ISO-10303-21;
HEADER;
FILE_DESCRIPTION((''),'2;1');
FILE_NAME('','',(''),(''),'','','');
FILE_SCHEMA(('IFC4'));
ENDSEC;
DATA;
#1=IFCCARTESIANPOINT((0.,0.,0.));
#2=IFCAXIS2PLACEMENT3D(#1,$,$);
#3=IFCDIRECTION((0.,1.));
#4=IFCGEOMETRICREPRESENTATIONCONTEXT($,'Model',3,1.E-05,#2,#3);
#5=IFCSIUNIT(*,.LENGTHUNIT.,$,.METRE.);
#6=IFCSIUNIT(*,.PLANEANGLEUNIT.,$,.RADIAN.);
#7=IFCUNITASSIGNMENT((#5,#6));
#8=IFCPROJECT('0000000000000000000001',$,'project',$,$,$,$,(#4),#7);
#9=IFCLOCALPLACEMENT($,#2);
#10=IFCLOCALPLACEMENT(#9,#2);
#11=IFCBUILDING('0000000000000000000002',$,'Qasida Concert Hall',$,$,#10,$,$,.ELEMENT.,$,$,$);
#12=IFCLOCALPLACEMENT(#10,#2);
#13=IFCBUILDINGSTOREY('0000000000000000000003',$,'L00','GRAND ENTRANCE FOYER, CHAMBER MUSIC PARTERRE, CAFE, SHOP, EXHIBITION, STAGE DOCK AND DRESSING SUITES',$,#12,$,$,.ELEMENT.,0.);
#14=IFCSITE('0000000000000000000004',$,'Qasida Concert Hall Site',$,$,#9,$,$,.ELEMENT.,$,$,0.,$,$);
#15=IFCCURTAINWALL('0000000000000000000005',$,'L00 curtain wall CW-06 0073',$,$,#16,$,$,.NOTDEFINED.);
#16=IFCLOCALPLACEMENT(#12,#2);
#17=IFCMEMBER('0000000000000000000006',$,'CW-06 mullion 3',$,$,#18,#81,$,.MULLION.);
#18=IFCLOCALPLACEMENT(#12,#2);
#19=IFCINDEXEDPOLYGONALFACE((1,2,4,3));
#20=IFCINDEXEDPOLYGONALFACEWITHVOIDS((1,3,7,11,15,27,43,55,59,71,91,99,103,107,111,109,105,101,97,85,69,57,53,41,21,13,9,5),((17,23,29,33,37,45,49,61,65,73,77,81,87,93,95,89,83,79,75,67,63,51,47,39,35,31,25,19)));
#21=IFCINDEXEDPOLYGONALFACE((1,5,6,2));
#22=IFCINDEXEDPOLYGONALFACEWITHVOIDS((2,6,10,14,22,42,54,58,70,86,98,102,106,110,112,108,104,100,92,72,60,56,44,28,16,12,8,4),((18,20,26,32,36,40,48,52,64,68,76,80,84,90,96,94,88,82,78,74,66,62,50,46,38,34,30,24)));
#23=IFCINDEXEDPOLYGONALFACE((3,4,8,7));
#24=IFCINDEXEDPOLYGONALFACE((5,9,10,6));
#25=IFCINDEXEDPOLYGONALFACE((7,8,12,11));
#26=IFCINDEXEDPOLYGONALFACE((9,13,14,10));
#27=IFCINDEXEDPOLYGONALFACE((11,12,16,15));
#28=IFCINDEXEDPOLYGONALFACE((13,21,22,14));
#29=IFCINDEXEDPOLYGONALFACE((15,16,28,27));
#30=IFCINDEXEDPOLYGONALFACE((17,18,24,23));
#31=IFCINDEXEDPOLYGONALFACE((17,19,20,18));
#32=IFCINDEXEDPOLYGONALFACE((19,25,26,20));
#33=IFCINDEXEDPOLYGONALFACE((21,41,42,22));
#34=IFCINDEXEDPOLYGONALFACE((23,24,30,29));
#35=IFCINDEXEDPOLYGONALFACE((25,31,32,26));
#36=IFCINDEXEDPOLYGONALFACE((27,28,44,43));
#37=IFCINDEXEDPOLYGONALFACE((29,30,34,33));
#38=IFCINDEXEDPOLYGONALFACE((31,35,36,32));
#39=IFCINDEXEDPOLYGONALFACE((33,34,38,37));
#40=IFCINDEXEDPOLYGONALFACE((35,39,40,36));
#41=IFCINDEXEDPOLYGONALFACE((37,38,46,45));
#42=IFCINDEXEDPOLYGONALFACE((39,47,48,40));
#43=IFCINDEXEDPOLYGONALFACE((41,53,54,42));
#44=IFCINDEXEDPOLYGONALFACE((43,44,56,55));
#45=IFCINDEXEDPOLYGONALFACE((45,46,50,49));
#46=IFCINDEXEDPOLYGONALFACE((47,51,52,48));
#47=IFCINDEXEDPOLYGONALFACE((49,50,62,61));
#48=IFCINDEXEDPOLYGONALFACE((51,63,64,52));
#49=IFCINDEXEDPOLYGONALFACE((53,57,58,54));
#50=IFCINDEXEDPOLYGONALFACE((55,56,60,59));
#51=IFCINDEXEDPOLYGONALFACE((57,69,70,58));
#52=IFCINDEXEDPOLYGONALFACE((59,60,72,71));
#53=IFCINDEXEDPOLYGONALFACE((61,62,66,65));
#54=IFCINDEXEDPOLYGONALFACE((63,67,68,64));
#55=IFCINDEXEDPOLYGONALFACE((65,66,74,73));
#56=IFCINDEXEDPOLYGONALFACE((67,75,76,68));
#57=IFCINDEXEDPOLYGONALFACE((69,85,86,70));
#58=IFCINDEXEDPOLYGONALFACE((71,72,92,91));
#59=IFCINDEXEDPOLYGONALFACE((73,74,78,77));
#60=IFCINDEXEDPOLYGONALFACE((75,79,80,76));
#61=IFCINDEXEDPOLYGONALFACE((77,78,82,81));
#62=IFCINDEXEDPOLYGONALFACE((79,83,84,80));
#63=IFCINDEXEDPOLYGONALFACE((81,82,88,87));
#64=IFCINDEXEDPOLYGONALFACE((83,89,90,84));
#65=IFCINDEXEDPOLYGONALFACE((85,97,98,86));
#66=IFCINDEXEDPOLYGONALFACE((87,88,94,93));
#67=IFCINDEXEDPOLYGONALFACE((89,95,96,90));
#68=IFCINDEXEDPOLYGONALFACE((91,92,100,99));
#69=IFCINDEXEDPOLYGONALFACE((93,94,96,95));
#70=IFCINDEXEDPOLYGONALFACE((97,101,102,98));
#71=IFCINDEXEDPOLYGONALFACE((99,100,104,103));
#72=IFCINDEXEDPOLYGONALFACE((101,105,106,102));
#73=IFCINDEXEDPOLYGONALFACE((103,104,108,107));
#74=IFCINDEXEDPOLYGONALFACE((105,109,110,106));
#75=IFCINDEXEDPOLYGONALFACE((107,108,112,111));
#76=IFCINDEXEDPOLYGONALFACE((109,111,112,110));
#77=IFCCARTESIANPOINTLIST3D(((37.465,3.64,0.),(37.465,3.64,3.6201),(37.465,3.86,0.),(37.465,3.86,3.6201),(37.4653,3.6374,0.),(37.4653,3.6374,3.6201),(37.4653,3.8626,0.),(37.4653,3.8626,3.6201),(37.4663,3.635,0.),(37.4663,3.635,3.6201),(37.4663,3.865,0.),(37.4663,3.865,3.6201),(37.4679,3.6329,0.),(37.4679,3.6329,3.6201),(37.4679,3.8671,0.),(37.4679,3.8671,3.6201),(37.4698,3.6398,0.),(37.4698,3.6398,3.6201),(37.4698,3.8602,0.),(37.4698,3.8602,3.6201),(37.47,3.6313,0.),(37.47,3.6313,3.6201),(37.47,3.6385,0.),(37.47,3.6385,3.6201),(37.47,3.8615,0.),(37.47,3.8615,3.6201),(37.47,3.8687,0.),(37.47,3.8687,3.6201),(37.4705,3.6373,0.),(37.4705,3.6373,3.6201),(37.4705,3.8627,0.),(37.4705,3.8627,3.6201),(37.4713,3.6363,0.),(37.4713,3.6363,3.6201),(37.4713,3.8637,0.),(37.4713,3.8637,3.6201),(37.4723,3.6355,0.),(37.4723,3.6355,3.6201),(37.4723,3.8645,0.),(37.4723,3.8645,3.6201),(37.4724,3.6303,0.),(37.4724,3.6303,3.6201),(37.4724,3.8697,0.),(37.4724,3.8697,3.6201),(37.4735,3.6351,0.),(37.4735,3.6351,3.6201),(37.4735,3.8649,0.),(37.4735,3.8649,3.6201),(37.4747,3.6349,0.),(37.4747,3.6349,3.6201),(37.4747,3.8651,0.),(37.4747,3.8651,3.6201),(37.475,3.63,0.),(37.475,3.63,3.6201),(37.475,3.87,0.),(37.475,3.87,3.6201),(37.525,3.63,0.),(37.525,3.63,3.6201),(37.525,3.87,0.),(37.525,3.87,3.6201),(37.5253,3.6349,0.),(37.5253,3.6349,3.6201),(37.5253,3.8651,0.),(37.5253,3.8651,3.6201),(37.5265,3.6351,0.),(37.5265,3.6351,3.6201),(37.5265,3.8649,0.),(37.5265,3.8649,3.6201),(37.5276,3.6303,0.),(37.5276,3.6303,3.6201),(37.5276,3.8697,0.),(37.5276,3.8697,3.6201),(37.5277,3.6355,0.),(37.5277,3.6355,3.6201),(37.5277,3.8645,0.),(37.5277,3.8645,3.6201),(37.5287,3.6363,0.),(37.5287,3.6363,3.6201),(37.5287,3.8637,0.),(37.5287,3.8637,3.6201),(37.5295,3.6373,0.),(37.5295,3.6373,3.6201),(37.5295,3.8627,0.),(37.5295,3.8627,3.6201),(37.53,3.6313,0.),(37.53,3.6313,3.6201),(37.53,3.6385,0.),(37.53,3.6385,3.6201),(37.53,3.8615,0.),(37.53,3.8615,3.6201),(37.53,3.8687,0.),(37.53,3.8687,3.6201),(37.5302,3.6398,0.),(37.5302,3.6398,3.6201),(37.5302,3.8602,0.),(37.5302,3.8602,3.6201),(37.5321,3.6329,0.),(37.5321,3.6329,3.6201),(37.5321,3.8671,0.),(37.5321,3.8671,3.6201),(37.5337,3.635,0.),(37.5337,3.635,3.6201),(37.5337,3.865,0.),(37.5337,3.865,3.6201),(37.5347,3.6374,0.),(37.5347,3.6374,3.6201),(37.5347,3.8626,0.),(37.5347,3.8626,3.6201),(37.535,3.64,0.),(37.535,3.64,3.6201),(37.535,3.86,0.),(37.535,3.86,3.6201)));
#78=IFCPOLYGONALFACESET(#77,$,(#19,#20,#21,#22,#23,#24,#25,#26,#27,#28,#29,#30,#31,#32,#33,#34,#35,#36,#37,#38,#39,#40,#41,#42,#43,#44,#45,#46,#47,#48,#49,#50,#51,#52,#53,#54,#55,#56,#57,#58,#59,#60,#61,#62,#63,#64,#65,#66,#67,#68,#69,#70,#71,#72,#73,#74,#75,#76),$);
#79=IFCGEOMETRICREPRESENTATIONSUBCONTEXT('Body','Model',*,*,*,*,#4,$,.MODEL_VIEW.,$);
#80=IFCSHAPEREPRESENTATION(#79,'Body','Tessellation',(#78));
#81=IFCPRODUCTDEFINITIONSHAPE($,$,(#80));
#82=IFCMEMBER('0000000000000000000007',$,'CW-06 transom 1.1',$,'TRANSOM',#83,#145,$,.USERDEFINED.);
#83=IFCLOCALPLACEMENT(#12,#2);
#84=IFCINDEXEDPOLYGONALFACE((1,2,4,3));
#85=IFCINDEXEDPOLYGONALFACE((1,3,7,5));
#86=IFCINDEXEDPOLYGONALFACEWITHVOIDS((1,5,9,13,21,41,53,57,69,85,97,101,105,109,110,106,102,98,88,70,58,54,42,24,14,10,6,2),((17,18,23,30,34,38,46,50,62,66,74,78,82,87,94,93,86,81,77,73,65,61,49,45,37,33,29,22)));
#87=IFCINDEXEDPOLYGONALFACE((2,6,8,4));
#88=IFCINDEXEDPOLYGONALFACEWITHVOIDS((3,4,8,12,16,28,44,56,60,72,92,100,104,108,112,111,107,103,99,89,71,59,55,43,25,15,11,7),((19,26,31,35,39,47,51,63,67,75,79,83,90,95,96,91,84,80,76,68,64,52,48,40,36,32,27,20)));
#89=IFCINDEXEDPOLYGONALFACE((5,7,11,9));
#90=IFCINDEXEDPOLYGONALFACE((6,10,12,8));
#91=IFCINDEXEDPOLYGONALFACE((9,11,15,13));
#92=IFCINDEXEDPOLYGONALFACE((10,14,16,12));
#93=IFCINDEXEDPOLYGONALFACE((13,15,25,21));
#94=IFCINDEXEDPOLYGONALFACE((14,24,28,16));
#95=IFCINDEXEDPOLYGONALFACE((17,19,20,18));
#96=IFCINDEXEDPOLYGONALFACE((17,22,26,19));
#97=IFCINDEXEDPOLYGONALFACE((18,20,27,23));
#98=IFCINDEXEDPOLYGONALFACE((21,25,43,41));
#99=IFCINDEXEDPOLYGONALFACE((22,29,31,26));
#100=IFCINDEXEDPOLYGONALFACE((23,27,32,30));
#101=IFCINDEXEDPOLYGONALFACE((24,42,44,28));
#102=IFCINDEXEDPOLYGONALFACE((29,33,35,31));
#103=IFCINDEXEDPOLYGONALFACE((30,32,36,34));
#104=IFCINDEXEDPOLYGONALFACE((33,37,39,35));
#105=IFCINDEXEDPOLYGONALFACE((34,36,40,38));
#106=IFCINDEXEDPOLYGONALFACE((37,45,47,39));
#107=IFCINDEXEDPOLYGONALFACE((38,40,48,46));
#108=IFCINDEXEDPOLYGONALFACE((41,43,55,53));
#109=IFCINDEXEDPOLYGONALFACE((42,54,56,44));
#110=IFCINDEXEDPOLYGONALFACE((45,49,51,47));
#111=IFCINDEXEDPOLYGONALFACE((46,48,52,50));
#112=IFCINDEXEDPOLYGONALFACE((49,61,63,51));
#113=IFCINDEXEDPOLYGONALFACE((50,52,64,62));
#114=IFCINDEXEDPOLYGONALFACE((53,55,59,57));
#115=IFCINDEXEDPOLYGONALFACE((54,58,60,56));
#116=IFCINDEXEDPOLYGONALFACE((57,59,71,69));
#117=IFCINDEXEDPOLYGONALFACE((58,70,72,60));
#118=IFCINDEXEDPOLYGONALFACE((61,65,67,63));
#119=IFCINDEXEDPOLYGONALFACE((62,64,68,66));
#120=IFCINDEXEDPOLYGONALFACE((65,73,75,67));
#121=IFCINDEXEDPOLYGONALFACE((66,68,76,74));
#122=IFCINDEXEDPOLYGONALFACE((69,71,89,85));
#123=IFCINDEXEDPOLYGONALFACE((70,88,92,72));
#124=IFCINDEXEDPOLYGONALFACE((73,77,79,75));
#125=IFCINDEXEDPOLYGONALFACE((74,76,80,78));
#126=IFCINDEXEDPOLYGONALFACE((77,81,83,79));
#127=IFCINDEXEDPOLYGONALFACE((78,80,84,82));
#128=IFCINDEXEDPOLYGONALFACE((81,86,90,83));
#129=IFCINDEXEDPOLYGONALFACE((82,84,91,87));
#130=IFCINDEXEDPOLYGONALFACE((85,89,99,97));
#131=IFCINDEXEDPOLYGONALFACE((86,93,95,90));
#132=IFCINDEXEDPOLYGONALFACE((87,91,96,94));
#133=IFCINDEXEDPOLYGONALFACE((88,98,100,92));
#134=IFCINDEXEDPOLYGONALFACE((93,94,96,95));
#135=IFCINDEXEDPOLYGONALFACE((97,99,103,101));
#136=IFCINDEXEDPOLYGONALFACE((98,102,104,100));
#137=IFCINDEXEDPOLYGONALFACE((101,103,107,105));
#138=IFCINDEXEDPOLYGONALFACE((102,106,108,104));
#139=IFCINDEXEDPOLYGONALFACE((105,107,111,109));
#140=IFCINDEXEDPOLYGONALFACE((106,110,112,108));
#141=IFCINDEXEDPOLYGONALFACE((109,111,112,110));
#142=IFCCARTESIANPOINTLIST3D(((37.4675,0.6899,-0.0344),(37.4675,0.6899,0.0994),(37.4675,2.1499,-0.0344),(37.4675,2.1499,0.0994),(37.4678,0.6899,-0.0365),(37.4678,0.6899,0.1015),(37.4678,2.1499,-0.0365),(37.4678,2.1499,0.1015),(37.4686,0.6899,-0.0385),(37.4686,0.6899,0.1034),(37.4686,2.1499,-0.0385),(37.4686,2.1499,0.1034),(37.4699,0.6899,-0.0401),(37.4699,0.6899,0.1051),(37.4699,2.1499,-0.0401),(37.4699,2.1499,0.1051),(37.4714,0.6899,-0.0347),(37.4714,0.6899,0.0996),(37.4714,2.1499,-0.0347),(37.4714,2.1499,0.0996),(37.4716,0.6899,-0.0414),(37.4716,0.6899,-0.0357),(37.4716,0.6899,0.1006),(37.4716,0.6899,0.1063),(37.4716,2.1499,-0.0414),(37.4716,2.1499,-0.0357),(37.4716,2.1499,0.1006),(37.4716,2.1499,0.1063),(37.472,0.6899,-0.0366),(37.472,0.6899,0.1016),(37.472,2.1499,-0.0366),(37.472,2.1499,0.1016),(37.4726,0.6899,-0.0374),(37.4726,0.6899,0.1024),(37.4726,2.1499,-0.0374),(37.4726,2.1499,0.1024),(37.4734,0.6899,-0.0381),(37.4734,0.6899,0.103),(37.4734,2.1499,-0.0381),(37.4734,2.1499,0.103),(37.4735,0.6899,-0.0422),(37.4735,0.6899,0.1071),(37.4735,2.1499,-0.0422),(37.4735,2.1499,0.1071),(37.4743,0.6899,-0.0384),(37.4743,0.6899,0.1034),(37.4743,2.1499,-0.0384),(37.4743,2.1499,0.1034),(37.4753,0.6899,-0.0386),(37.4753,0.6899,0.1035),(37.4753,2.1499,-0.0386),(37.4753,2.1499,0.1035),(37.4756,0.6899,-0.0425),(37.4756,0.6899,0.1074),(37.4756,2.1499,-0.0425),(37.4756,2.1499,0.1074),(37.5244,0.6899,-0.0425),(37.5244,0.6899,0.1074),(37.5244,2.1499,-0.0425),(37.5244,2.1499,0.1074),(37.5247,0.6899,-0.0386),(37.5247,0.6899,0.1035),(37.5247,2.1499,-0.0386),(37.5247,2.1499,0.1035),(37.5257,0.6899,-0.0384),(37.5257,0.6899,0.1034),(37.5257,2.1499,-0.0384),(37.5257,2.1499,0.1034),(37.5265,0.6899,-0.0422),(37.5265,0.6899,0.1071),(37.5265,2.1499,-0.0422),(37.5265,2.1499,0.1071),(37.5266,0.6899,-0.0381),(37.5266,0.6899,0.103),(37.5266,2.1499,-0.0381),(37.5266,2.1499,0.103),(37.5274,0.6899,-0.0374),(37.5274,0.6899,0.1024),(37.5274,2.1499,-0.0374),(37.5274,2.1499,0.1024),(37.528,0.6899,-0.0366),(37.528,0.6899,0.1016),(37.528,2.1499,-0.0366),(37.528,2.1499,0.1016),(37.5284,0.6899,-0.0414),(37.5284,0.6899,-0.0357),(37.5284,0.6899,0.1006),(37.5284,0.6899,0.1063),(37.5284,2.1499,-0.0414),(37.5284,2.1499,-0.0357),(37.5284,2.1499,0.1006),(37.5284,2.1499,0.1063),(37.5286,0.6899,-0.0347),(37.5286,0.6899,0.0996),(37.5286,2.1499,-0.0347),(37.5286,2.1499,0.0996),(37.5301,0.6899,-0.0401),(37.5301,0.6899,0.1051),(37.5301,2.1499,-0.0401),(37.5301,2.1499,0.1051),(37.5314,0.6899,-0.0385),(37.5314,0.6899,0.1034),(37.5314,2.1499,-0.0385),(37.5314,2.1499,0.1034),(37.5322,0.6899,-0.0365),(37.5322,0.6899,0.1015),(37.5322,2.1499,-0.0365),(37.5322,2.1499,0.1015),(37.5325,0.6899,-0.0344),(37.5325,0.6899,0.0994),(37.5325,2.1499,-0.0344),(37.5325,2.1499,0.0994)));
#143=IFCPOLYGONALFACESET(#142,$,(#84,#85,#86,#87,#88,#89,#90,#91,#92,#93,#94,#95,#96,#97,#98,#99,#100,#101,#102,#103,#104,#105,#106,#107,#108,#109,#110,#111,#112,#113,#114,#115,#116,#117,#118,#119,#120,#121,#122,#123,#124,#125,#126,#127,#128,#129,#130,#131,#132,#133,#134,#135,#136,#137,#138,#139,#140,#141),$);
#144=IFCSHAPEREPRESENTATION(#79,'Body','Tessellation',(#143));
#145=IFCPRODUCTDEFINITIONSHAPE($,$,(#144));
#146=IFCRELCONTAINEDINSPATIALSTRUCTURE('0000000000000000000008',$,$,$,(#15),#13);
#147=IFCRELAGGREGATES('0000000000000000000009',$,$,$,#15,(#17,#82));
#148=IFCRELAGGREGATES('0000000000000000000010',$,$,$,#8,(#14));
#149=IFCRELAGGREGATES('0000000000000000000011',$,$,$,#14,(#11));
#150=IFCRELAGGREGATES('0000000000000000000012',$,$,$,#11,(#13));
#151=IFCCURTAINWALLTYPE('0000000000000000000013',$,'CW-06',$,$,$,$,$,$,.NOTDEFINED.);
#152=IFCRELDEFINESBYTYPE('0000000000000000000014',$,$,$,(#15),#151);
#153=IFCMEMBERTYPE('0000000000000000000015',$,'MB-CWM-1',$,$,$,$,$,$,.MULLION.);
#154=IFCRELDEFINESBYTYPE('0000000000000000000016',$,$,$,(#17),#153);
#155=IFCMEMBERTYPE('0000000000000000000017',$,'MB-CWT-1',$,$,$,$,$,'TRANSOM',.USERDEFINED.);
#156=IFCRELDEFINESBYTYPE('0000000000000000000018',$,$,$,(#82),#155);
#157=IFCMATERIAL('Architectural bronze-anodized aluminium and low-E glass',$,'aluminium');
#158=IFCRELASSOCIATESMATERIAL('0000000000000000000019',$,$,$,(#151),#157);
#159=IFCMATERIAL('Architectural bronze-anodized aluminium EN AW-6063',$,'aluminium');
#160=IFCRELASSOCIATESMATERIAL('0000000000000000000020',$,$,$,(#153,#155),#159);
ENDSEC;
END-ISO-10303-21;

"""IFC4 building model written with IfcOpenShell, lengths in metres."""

from ifc_helpers import new_model, si_unit, direction, frame, origin, origin_2d, place, context, subcontext, project, spatial, hollow_rectangle, extrude, material, material_profile, profile_set, type_object, element, aggregate, save


model = new_model("IFC4")

# Units and contexts
model_context = context("Model", 3, precision=1e-05, world=origin(), true_north=direction((0.0, 1.0)))
body_context = subcontext(model_context, "Body", "Model", "MODEL_VIEW")
ifc_project = project(units=[si_unit("LENGTHUNIT", "METRE"), si_unit("PLANEANGLEUNIT", "RADIAN")], contexts=[model_context])

# Site, building, storey
site_placement = place(None, origin())
site = spatial("IfcSite", under=ifc_project, at=site_placement, Name="Qasida Concert Hall Site", CompositionType="ELEMENT", RefElevation=0.0)
building_placement = place(site_placement, origin())
building = spatial("IfcBuilding", under=site, at=building_placement, Name="Qasida Concert Hall", CompositionType="ELEMENT")
storey_placement = place(building_placement, origin())
storey = spatial("IfcBuildingStorey", under=building, at=storey_placement, Name="L00", Description="GRAND ENTRANCE FOYER, CHAMBER MUSIC PARTERRE, CAFE, SHOP, EXHIBITION, STAGE DOCK AND DRESSING SUITES", CompositionType="ELEMENT", Elevation=0.0)

# Curtain wall, members
ifc_material_1 = material(Name="Architectural bronze-anodized aluminium and low-E glass", Category="aluminium")
curtain_wall_type = type_object("IfcCurtainWallType", Name="CW-06", PredefinedType="NOTDEFINED", material=ifc_material_1)
curtain_wall_placement = place(storey_placement, origin())
curtain_wall = element("IfcCurtainWall", 1, at=curtain_wall_placement, inside=storey, type_object=curtain_wall_type, Name="L00 curtain wall CW-06 0073", PredefinedType="NOTDEFINED")
ifc_material_2 = material(Name="Architectural bronze-anodized aluminium EN AW-6063", Category="aluminium")
ifc_material_profile_1 = material_profile(ifc_material_2, hollow_rectangle(XDim=0.0701, YDim=0.24, WallThickness=0.0049, InnerFilletRadius=0.0049, OuterFilletRadius=0.01, at=origin_2d()), Name="CWM 240x70x5")
ifc_profile_set_1 = profile_set([ifc_material_profile_1], Name="Architectural bronze-anodized aluminium EN AW-6063")
member_type_1 = type_object("IfcMemberType", Name="MB-CWM-1", PredefinedType="MULLION", material=ifc_profile_set_1)
member_1_placement = place(storey_placement, frame((37.5, 3.75, 0.0), z_axis=(0.0, 0.0, 1.0), x_axis=(-1.0, 0.0, 0.0)))
member_1 = element("IfcMember", 2, at=member_1_placement, type_object=member_type_1, Name="CW-06 mullion 3", PredefinedType="MULLION", context=body_context, shape_type="SweptSolid", body=[
    extrude(hollow_rectangle(XDim=0.0701, YDim=0.24, WallThickness=0.0049, InnerFilletRadius=0.0049, OuterFilletRadius=0.01, at=origin_2d()), origin(), (0.0, 0.0, 1.0), 3.6201),
])
ifc_material_profile_2 = material_profile(ifc_material_2, hollow_rectangle(XDim=0.0649, YDim=0.1499, WallThickness=0.0039, InnerFilletRadius=0.0039, OuterFilletRadius=0.0081, at=origin_2d()), Name="CWT 150x65x4")
ifc_profile_set_2 = profile_set([ifc_material_profile_2], Name="Architectural bronze-anodized aluminium EN AW-6063")
member_type_2 = type_object("IfcMemberType", Name="MB-CWT-1", ElementType="TRANSOM", PredefinedType="USERDEFINED", material=ifc_profile_set_2)
member_2_placement = place(storey_placement, frame((37.5, 0.6899, 0.0325), z_axis=(0.0, 1.0, 0.0), x_axis=(-1.0, 0.0, 0.0)))
member_2 = element("IfcMember", 3, at=member_2_placement, type_object=member_type_2, Name="CW-06 transom 1.1", ObjectType="TRANSOM", PredefinedType="USERDEFINED", context=body_context, shape_type="SweptSolid", body=[
    extrude(hollow_rectangle(XDim=0.0649, YDim=0.1499, WallThickness=0.0039, InnerFilletRadius=0.0039, OuterFilletRadius=0.0081, at=origin_2d()), origin(), (0.0, 0.0, 1.0), 1.46),
])
aggregate(curtain_wall, [member_1, member_2])

save(model, "model.ifc")
